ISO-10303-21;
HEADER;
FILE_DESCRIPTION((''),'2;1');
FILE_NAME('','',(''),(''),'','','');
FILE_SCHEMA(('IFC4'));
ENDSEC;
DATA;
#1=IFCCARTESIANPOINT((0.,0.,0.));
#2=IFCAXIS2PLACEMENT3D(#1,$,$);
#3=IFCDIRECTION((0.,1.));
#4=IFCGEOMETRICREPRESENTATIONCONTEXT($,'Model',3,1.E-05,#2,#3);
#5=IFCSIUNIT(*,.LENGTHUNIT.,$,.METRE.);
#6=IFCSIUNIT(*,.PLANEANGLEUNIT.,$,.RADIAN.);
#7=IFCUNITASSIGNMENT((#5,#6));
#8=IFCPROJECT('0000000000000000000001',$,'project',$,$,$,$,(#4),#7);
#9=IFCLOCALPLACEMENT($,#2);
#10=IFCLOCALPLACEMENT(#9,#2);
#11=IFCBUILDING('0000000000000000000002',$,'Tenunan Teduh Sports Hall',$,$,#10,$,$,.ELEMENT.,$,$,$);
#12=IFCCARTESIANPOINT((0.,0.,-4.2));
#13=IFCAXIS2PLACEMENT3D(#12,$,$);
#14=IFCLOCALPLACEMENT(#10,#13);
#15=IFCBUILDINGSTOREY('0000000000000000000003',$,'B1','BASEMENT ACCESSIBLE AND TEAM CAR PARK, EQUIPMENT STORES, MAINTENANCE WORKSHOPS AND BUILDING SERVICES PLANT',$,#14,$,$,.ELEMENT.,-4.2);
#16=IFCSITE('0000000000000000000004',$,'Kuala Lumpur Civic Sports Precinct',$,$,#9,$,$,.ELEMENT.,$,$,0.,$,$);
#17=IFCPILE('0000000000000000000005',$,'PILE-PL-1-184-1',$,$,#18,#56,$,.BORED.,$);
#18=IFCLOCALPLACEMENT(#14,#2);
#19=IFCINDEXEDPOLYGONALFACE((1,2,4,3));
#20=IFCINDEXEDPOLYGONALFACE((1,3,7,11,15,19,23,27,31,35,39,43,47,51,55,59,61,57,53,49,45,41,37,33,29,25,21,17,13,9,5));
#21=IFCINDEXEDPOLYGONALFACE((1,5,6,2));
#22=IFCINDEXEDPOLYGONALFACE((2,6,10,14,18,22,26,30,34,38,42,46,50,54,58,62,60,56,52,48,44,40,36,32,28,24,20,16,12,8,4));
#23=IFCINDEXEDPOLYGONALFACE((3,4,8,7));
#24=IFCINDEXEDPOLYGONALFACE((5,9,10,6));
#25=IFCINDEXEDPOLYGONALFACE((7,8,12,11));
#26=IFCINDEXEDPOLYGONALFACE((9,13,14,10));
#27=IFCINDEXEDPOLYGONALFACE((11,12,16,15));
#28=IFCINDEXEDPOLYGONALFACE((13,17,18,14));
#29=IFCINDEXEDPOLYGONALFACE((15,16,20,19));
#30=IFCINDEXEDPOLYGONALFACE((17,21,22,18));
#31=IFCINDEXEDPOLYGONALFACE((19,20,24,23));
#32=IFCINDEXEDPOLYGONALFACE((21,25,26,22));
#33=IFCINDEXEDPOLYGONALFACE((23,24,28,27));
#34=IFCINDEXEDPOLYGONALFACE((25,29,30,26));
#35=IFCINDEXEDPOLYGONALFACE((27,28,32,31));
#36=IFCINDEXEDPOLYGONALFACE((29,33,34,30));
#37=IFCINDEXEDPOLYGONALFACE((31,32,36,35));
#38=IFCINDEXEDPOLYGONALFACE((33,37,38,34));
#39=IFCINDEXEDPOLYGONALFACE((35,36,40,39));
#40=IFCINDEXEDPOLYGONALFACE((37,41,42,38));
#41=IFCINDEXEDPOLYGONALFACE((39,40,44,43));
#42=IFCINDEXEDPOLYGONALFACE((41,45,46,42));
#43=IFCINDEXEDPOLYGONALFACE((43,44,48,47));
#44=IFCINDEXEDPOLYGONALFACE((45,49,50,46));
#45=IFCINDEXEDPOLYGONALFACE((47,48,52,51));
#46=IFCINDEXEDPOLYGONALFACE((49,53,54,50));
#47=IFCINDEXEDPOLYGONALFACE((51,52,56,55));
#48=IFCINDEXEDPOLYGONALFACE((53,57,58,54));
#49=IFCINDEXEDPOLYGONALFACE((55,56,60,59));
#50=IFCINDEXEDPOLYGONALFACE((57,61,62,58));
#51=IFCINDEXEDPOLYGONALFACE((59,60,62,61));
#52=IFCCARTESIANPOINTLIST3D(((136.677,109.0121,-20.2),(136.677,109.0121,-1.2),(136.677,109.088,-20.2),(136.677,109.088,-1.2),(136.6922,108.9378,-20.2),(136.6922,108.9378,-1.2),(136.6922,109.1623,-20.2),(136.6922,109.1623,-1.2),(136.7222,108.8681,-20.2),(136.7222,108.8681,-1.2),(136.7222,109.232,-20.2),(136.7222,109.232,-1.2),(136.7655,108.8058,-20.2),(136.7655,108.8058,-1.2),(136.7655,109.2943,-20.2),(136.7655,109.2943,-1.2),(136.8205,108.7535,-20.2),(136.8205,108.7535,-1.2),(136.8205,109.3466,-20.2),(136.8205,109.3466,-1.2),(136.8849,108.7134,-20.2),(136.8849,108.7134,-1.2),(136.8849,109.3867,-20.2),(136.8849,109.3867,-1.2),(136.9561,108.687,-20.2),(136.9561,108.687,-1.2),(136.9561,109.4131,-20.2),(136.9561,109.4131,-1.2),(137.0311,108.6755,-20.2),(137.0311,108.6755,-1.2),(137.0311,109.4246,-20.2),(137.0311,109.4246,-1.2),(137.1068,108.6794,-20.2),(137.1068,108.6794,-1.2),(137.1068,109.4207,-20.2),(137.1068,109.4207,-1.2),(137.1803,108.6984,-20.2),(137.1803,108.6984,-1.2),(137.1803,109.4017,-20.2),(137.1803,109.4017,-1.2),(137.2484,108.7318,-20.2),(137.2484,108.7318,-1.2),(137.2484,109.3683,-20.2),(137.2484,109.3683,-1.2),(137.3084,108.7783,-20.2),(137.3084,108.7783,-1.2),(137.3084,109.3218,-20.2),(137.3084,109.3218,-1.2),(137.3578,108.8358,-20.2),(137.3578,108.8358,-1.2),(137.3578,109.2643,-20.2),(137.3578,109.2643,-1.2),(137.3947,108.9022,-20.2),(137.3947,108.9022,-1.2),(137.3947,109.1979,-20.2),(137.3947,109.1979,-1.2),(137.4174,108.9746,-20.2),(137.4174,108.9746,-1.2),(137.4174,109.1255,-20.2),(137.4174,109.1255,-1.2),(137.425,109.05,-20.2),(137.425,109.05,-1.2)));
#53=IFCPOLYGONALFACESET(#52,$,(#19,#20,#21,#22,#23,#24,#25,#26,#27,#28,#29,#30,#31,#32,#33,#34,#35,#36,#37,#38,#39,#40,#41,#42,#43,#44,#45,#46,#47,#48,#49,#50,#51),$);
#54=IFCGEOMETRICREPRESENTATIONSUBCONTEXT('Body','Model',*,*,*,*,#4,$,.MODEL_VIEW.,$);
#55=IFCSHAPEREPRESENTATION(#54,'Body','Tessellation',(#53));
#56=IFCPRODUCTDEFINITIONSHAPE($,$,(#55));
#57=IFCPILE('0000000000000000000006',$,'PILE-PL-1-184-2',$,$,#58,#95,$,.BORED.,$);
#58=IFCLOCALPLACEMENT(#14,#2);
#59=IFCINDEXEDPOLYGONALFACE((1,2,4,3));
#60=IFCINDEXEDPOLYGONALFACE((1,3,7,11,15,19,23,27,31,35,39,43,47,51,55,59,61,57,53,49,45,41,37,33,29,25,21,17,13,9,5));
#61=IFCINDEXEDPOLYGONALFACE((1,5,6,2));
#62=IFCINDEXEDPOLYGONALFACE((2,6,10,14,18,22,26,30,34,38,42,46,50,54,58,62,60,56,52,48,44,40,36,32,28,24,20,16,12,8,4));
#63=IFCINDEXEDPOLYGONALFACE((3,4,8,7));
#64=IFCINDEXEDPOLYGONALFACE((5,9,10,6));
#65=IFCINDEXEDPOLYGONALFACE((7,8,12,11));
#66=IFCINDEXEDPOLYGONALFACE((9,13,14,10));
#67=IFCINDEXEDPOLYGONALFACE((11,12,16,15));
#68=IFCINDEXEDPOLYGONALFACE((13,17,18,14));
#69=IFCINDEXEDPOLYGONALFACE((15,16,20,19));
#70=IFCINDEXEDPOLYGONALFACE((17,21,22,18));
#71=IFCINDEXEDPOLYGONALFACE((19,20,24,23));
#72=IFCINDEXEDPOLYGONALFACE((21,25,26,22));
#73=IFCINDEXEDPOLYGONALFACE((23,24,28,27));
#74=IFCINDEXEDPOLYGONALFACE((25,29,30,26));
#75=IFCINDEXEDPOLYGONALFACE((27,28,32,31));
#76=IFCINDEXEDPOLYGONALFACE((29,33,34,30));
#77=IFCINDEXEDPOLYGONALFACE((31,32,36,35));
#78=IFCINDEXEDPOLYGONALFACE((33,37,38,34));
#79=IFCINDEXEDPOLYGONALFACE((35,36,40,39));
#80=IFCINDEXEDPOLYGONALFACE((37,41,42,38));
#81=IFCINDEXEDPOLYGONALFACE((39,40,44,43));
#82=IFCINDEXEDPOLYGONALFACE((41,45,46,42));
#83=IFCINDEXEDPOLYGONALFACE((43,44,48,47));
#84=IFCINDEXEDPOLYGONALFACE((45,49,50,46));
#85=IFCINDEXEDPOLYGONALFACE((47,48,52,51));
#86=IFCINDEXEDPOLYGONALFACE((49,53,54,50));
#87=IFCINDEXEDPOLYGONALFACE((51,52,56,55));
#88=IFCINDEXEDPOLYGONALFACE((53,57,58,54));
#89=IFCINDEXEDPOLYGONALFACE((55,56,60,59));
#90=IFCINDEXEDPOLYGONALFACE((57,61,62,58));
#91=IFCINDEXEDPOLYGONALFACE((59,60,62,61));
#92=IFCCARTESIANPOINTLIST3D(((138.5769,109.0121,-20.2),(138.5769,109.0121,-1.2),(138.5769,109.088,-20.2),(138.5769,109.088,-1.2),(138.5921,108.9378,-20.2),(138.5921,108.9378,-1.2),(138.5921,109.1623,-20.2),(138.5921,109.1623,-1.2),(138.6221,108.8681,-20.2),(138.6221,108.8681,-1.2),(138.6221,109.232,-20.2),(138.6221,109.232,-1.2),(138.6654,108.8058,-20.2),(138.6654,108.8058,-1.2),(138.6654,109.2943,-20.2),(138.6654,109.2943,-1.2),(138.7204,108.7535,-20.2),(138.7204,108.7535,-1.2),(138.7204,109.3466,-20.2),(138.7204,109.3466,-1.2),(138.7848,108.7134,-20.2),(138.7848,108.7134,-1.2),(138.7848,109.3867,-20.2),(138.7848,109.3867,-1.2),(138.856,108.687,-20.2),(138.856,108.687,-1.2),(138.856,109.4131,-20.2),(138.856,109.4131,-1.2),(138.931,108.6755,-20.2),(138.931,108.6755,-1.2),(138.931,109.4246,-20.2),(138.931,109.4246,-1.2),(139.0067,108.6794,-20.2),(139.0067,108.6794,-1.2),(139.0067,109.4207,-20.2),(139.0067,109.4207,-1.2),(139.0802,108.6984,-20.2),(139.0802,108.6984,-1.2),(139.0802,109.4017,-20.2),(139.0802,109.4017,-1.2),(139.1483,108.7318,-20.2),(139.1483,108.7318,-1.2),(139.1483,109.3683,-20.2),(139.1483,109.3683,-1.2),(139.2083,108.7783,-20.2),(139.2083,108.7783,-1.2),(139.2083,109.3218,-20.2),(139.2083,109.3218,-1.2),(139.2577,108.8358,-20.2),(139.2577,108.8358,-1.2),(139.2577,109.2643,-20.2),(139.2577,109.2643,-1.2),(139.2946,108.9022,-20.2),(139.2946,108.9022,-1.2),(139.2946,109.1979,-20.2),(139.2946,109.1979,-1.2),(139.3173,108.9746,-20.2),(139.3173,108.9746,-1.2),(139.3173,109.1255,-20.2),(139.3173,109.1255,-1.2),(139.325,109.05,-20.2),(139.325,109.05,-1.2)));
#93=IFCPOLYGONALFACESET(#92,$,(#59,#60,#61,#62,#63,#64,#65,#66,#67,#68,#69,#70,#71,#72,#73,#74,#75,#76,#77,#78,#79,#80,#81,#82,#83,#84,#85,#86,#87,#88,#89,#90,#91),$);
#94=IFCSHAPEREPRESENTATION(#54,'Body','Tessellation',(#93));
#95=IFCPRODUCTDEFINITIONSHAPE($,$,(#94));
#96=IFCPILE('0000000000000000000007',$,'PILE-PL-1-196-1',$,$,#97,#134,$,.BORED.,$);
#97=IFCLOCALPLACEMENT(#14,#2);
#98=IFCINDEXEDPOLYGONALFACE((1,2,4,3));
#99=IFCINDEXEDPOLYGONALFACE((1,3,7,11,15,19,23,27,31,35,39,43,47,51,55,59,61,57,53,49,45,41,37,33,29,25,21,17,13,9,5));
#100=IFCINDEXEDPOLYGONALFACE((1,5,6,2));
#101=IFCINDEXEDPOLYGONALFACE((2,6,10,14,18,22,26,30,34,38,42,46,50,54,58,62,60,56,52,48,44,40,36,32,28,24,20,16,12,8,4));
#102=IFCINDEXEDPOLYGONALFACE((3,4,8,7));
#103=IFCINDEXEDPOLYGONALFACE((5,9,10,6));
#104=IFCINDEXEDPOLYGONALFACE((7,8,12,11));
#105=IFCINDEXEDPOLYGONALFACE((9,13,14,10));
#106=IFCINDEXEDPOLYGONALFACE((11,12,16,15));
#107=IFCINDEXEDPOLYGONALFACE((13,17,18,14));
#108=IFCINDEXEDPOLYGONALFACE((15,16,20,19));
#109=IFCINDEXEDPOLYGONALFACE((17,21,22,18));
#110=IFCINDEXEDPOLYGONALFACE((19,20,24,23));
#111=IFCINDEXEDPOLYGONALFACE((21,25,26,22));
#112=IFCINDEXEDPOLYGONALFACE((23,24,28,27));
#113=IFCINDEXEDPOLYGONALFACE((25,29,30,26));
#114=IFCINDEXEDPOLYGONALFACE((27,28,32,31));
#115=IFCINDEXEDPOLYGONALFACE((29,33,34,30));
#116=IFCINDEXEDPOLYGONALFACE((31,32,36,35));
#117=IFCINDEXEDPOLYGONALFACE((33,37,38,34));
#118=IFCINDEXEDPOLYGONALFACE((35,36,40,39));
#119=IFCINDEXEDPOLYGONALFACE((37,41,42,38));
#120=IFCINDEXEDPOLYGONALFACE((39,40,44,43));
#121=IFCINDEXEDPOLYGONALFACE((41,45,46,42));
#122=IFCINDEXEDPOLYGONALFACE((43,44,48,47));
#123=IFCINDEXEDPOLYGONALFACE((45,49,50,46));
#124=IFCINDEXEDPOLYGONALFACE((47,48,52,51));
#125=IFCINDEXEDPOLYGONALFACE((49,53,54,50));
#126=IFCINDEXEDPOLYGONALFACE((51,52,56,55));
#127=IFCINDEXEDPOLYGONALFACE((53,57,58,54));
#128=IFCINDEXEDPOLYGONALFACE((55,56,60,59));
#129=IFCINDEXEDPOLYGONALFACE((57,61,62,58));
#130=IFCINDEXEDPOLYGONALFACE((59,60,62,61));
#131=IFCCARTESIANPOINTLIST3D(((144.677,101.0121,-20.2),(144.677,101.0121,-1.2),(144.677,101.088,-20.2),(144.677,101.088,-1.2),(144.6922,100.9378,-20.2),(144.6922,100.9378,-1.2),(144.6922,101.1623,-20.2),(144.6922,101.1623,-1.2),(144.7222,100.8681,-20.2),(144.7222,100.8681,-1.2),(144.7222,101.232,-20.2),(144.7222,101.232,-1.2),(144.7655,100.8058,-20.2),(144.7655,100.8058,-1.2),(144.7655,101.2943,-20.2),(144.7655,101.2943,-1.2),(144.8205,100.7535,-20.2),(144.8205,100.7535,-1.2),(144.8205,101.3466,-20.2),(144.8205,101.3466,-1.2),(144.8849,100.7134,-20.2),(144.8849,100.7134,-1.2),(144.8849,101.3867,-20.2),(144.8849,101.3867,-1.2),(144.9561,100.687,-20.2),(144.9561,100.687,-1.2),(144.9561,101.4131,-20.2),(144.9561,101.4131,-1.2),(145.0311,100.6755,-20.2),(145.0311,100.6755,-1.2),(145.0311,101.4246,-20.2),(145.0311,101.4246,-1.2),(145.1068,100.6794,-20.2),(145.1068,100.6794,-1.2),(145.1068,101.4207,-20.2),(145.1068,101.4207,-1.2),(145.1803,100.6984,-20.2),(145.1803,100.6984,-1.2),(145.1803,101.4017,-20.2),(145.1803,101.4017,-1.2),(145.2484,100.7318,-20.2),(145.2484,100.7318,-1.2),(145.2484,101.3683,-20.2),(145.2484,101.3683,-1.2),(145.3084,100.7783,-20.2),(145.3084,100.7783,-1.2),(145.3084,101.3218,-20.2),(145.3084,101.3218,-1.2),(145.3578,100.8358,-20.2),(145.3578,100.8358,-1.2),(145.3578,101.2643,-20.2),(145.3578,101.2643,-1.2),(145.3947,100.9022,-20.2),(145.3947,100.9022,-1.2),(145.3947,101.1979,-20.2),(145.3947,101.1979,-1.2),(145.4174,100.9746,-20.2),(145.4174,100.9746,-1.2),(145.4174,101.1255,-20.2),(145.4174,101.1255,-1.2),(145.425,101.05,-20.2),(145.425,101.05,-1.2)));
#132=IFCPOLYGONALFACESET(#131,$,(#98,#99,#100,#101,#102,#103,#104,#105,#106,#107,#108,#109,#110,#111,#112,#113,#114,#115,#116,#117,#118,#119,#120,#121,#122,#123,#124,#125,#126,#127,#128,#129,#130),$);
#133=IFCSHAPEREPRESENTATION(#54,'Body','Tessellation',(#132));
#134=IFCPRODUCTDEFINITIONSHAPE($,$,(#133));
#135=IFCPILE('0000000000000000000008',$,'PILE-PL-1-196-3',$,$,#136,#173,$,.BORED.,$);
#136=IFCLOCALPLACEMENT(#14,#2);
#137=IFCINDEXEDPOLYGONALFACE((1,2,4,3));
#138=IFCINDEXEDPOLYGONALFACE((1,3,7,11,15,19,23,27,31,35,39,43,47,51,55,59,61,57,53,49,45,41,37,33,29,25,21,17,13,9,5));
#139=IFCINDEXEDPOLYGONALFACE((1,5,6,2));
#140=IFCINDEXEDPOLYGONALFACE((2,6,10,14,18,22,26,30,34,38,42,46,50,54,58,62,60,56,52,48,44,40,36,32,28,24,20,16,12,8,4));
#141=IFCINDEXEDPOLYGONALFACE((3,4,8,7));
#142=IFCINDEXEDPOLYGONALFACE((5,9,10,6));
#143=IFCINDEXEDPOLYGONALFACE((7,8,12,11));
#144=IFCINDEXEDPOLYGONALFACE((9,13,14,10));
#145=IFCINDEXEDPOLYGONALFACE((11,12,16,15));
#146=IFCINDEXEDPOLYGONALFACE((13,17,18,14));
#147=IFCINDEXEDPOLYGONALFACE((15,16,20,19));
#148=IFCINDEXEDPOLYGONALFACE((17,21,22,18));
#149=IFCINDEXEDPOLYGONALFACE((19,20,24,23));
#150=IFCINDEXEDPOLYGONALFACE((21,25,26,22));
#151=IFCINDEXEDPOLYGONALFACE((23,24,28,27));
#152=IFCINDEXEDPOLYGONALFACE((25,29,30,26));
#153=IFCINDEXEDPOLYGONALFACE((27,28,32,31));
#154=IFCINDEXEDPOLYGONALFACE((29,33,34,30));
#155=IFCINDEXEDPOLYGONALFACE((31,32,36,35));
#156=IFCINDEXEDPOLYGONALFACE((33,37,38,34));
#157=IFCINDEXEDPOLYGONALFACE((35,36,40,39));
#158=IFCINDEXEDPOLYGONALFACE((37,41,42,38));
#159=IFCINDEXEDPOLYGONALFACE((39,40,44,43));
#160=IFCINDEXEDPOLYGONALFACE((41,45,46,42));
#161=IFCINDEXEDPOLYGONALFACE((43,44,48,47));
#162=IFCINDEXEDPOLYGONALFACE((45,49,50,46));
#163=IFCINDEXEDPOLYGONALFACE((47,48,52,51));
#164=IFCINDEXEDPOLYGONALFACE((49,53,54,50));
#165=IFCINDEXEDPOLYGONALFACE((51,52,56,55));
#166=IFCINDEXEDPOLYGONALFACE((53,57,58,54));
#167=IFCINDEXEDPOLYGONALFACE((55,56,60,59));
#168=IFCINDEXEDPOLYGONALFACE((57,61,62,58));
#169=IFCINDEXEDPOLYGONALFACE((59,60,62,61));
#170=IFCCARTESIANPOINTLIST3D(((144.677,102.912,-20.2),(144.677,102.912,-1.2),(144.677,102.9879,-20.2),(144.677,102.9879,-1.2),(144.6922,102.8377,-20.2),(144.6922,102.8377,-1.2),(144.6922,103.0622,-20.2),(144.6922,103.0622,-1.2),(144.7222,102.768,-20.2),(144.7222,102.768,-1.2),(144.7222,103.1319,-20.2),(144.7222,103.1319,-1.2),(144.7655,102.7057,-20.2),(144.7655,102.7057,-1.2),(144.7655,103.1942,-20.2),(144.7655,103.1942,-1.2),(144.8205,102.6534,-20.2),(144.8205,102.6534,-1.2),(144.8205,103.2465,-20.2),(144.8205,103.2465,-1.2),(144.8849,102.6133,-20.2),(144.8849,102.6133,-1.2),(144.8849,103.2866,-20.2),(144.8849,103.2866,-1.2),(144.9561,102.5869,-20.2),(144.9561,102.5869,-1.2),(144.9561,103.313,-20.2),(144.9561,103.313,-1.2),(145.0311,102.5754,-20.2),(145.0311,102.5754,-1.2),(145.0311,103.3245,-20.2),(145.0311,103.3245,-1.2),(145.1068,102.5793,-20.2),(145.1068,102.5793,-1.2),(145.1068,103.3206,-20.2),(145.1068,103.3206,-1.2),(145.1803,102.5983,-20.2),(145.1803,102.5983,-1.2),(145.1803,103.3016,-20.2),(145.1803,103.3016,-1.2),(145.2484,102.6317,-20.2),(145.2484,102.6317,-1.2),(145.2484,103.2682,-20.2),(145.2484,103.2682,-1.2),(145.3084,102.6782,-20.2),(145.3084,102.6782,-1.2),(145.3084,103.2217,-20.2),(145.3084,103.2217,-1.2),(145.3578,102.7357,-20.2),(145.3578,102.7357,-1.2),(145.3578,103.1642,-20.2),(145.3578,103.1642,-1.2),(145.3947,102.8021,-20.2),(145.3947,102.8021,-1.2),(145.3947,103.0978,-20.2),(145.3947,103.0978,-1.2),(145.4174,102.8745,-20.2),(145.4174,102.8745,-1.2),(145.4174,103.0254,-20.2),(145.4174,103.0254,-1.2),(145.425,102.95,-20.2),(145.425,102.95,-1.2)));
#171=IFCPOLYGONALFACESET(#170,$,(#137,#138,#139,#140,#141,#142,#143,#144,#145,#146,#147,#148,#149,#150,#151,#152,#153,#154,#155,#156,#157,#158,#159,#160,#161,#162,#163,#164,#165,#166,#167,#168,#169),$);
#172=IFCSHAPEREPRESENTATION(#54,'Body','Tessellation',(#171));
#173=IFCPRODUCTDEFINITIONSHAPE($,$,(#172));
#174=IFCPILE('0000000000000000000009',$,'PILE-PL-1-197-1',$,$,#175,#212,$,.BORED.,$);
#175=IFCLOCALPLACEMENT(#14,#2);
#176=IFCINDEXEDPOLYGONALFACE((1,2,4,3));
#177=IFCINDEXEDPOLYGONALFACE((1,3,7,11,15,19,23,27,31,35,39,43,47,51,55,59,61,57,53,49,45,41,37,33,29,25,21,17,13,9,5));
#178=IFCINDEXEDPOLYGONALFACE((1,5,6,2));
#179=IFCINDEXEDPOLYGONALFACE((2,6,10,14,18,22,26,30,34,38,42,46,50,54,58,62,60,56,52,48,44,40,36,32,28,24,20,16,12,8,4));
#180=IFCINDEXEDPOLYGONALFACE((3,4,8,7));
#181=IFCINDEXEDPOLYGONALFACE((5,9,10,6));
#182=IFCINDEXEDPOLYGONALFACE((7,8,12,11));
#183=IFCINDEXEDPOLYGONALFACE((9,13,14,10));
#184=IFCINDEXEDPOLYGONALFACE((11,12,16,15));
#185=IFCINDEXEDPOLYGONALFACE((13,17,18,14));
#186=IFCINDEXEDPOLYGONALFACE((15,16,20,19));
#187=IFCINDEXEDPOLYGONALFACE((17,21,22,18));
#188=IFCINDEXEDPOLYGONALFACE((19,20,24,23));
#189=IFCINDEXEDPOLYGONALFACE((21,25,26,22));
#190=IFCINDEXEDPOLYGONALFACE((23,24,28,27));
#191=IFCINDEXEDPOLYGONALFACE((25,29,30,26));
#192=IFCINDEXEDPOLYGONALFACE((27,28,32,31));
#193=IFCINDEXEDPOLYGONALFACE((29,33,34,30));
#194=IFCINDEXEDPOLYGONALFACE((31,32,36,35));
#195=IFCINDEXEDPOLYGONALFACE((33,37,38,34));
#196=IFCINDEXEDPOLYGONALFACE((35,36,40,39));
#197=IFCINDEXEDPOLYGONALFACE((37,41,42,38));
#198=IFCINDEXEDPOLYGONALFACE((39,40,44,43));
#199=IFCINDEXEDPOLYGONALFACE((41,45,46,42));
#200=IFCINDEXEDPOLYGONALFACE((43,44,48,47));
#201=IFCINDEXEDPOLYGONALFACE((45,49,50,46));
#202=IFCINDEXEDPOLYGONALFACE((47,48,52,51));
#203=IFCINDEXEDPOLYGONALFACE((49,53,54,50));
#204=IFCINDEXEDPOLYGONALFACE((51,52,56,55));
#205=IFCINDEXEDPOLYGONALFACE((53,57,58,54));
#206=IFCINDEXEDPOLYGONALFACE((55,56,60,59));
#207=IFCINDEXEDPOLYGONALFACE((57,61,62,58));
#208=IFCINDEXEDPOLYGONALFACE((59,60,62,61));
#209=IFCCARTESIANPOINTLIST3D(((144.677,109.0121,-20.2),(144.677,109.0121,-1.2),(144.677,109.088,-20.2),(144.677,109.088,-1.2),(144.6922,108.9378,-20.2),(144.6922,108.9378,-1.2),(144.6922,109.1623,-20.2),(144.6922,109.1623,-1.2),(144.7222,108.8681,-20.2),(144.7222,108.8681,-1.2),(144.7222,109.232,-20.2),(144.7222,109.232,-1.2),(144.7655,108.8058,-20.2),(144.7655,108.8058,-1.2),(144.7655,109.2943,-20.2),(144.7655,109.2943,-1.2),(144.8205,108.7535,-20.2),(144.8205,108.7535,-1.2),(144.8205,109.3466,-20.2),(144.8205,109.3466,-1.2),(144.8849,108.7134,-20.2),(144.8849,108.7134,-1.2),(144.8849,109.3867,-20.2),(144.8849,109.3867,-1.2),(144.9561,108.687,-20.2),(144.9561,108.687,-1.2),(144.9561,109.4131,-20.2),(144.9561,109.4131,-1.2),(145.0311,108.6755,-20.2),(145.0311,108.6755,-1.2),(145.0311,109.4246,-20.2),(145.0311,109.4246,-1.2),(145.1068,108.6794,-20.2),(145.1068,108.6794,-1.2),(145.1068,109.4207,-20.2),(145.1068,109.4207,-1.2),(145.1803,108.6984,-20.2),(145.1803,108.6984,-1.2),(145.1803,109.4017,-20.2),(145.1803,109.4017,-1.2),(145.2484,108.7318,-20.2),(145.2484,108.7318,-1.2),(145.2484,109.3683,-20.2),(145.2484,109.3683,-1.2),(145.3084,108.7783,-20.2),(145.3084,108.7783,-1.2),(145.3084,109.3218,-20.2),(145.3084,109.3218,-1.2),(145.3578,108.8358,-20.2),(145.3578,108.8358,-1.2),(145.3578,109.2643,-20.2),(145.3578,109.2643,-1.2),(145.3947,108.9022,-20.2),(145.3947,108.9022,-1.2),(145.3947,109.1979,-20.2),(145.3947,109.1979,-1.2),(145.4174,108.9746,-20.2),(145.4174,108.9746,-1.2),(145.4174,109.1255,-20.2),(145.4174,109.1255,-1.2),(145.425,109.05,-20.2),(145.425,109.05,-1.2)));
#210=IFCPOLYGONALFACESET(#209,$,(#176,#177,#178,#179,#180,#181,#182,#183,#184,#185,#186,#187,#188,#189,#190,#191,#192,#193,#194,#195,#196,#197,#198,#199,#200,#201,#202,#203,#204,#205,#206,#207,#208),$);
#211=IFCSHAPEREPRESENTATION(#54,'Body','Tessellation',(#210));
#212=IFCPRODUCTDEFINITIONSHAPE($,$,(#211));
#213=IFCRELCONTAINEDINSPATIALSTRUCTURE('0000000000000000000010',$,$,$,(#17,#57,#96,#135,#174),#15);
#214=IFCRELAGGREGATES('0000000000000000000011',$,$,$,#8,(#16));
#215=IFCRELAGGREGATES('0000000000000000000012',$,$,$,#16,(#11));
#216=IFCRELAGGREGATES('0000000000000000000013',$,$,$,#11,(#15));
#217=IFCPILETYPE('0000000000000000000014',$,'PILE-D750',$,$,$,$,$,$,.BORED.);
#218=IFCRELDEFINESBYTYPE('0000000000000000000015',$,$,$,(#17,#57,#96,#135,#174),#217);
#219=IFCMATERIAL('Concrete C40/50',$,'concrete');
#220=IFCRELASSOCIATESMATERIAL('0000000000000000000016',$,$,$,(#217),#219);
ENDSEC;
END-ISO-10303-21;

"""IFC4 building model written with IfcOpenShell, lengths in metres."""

from ifc_helpers import new_model, si_unit, direction, frame, origin, origin_2d, place, context, subcontext, project, spatial, circle, extrude, material, material_profile, profile_set, type_object, element, save


model = new_model("IFC4")

# Units and contexts
model_context = context("Model", 3, precision=1e-05, world=origin(), true_north=direction((0.0, 1.0)))
body_context = subcontext(model_context, "Body", "Model", "MODEL_VIEW")
ifc_project = project(units=[si_unit("LENGTHUNIT", "METRE"), si_unit("PLANEANGLEUNIT", "RADIAN")], contexts=[model_context])

# Site, building, storey
site_placement = place(None, origin())
site = spatial("IfcSite", under=ifc_project, at=site_placement, Name="Kuala Lumpur Civic Sports Precinct", CompositionType="ELEMENT", RefElevation=0.0)
building_placement = place(site_placement, origin())
building = spatial("IfcBuilding", under=site, at=building_placement, Name="Tenunan Teduh Sports Hall", CompositionType="ELEMENT")
storey_placement = place(building_placement, frame((0.0, 0.0, -4.2)))
storey = spatial("IfcBuildingStorey", under=building, at=storey_placement, Name="B1", Description="BASEMENT ACCESSIBLE AND TEAM CAR PARK, EQUIPMENT STORES, MAINTENANCE WORKSHOPS AND BUILDING SERVICES PLANT", CompositionType="ELEMENT", Elevation=-4.2)

# Piles
ifc_material_1 = material(Name="Concrete C40/50", Category="concrete")
ifc_material_profile_1 = material_profile(ifc_material_1, circle(Radius=0.375, at=origin_2d()), Name="PILE D750")
ifc_profile_set_1 = profile_set([ifc_material_profile_1], Name="Concrete C40/50")
pile_type = type_object("IfcPileType", Name="PILE-D750", PredefinedType="BORED", material=ifc_profile_set_1)
for number, where, z_axis, x_axis, name in (
    (1, (137.05, 109.05, -1.2), (0.0, 0.0, -1.0), (1.0, 0.0, 0.0), "PILE-PL-1-184-1"),
    (2, (138.95, 109.05, -1.2), (0.0, 0.0, -1.0), (1.0, 0.0, 0.0), "PILE-PL-1-184-2"),
    (3, (145.05, 101.05, -1.2), (0.0, 0.0, -1.0), (1.0, 0.0, 0.0), "PILE-PL-1-196-1"),
    (4, (145.05, 102.95, -1.2), (0.0, 0.0, -1.0), (1.0, 0.0, 0.0), "PILE-PL-1-196-3"),
    (5, (145.05, 109.05, -1.2), (0.0, 0.0, -1.0), (1.0, 0.0, 0.0), "PILE-PL-1-197-1"),
):
    element("IfcPile", number, at=place(storey_placement, frame(where, z_axis=z_axis, x_axis=x_axis)), inside=storey, type_object=pile_type, Name=name, PredefinedType="BORED", context=body_context, shape_type="SweptSolid", body=[
        extrude(circle(Radius=0.375, at=origin_2d()), origin(), (0.0, 0.0, 1.0), 19.0),
    ])

save(model, "model.ifc")
